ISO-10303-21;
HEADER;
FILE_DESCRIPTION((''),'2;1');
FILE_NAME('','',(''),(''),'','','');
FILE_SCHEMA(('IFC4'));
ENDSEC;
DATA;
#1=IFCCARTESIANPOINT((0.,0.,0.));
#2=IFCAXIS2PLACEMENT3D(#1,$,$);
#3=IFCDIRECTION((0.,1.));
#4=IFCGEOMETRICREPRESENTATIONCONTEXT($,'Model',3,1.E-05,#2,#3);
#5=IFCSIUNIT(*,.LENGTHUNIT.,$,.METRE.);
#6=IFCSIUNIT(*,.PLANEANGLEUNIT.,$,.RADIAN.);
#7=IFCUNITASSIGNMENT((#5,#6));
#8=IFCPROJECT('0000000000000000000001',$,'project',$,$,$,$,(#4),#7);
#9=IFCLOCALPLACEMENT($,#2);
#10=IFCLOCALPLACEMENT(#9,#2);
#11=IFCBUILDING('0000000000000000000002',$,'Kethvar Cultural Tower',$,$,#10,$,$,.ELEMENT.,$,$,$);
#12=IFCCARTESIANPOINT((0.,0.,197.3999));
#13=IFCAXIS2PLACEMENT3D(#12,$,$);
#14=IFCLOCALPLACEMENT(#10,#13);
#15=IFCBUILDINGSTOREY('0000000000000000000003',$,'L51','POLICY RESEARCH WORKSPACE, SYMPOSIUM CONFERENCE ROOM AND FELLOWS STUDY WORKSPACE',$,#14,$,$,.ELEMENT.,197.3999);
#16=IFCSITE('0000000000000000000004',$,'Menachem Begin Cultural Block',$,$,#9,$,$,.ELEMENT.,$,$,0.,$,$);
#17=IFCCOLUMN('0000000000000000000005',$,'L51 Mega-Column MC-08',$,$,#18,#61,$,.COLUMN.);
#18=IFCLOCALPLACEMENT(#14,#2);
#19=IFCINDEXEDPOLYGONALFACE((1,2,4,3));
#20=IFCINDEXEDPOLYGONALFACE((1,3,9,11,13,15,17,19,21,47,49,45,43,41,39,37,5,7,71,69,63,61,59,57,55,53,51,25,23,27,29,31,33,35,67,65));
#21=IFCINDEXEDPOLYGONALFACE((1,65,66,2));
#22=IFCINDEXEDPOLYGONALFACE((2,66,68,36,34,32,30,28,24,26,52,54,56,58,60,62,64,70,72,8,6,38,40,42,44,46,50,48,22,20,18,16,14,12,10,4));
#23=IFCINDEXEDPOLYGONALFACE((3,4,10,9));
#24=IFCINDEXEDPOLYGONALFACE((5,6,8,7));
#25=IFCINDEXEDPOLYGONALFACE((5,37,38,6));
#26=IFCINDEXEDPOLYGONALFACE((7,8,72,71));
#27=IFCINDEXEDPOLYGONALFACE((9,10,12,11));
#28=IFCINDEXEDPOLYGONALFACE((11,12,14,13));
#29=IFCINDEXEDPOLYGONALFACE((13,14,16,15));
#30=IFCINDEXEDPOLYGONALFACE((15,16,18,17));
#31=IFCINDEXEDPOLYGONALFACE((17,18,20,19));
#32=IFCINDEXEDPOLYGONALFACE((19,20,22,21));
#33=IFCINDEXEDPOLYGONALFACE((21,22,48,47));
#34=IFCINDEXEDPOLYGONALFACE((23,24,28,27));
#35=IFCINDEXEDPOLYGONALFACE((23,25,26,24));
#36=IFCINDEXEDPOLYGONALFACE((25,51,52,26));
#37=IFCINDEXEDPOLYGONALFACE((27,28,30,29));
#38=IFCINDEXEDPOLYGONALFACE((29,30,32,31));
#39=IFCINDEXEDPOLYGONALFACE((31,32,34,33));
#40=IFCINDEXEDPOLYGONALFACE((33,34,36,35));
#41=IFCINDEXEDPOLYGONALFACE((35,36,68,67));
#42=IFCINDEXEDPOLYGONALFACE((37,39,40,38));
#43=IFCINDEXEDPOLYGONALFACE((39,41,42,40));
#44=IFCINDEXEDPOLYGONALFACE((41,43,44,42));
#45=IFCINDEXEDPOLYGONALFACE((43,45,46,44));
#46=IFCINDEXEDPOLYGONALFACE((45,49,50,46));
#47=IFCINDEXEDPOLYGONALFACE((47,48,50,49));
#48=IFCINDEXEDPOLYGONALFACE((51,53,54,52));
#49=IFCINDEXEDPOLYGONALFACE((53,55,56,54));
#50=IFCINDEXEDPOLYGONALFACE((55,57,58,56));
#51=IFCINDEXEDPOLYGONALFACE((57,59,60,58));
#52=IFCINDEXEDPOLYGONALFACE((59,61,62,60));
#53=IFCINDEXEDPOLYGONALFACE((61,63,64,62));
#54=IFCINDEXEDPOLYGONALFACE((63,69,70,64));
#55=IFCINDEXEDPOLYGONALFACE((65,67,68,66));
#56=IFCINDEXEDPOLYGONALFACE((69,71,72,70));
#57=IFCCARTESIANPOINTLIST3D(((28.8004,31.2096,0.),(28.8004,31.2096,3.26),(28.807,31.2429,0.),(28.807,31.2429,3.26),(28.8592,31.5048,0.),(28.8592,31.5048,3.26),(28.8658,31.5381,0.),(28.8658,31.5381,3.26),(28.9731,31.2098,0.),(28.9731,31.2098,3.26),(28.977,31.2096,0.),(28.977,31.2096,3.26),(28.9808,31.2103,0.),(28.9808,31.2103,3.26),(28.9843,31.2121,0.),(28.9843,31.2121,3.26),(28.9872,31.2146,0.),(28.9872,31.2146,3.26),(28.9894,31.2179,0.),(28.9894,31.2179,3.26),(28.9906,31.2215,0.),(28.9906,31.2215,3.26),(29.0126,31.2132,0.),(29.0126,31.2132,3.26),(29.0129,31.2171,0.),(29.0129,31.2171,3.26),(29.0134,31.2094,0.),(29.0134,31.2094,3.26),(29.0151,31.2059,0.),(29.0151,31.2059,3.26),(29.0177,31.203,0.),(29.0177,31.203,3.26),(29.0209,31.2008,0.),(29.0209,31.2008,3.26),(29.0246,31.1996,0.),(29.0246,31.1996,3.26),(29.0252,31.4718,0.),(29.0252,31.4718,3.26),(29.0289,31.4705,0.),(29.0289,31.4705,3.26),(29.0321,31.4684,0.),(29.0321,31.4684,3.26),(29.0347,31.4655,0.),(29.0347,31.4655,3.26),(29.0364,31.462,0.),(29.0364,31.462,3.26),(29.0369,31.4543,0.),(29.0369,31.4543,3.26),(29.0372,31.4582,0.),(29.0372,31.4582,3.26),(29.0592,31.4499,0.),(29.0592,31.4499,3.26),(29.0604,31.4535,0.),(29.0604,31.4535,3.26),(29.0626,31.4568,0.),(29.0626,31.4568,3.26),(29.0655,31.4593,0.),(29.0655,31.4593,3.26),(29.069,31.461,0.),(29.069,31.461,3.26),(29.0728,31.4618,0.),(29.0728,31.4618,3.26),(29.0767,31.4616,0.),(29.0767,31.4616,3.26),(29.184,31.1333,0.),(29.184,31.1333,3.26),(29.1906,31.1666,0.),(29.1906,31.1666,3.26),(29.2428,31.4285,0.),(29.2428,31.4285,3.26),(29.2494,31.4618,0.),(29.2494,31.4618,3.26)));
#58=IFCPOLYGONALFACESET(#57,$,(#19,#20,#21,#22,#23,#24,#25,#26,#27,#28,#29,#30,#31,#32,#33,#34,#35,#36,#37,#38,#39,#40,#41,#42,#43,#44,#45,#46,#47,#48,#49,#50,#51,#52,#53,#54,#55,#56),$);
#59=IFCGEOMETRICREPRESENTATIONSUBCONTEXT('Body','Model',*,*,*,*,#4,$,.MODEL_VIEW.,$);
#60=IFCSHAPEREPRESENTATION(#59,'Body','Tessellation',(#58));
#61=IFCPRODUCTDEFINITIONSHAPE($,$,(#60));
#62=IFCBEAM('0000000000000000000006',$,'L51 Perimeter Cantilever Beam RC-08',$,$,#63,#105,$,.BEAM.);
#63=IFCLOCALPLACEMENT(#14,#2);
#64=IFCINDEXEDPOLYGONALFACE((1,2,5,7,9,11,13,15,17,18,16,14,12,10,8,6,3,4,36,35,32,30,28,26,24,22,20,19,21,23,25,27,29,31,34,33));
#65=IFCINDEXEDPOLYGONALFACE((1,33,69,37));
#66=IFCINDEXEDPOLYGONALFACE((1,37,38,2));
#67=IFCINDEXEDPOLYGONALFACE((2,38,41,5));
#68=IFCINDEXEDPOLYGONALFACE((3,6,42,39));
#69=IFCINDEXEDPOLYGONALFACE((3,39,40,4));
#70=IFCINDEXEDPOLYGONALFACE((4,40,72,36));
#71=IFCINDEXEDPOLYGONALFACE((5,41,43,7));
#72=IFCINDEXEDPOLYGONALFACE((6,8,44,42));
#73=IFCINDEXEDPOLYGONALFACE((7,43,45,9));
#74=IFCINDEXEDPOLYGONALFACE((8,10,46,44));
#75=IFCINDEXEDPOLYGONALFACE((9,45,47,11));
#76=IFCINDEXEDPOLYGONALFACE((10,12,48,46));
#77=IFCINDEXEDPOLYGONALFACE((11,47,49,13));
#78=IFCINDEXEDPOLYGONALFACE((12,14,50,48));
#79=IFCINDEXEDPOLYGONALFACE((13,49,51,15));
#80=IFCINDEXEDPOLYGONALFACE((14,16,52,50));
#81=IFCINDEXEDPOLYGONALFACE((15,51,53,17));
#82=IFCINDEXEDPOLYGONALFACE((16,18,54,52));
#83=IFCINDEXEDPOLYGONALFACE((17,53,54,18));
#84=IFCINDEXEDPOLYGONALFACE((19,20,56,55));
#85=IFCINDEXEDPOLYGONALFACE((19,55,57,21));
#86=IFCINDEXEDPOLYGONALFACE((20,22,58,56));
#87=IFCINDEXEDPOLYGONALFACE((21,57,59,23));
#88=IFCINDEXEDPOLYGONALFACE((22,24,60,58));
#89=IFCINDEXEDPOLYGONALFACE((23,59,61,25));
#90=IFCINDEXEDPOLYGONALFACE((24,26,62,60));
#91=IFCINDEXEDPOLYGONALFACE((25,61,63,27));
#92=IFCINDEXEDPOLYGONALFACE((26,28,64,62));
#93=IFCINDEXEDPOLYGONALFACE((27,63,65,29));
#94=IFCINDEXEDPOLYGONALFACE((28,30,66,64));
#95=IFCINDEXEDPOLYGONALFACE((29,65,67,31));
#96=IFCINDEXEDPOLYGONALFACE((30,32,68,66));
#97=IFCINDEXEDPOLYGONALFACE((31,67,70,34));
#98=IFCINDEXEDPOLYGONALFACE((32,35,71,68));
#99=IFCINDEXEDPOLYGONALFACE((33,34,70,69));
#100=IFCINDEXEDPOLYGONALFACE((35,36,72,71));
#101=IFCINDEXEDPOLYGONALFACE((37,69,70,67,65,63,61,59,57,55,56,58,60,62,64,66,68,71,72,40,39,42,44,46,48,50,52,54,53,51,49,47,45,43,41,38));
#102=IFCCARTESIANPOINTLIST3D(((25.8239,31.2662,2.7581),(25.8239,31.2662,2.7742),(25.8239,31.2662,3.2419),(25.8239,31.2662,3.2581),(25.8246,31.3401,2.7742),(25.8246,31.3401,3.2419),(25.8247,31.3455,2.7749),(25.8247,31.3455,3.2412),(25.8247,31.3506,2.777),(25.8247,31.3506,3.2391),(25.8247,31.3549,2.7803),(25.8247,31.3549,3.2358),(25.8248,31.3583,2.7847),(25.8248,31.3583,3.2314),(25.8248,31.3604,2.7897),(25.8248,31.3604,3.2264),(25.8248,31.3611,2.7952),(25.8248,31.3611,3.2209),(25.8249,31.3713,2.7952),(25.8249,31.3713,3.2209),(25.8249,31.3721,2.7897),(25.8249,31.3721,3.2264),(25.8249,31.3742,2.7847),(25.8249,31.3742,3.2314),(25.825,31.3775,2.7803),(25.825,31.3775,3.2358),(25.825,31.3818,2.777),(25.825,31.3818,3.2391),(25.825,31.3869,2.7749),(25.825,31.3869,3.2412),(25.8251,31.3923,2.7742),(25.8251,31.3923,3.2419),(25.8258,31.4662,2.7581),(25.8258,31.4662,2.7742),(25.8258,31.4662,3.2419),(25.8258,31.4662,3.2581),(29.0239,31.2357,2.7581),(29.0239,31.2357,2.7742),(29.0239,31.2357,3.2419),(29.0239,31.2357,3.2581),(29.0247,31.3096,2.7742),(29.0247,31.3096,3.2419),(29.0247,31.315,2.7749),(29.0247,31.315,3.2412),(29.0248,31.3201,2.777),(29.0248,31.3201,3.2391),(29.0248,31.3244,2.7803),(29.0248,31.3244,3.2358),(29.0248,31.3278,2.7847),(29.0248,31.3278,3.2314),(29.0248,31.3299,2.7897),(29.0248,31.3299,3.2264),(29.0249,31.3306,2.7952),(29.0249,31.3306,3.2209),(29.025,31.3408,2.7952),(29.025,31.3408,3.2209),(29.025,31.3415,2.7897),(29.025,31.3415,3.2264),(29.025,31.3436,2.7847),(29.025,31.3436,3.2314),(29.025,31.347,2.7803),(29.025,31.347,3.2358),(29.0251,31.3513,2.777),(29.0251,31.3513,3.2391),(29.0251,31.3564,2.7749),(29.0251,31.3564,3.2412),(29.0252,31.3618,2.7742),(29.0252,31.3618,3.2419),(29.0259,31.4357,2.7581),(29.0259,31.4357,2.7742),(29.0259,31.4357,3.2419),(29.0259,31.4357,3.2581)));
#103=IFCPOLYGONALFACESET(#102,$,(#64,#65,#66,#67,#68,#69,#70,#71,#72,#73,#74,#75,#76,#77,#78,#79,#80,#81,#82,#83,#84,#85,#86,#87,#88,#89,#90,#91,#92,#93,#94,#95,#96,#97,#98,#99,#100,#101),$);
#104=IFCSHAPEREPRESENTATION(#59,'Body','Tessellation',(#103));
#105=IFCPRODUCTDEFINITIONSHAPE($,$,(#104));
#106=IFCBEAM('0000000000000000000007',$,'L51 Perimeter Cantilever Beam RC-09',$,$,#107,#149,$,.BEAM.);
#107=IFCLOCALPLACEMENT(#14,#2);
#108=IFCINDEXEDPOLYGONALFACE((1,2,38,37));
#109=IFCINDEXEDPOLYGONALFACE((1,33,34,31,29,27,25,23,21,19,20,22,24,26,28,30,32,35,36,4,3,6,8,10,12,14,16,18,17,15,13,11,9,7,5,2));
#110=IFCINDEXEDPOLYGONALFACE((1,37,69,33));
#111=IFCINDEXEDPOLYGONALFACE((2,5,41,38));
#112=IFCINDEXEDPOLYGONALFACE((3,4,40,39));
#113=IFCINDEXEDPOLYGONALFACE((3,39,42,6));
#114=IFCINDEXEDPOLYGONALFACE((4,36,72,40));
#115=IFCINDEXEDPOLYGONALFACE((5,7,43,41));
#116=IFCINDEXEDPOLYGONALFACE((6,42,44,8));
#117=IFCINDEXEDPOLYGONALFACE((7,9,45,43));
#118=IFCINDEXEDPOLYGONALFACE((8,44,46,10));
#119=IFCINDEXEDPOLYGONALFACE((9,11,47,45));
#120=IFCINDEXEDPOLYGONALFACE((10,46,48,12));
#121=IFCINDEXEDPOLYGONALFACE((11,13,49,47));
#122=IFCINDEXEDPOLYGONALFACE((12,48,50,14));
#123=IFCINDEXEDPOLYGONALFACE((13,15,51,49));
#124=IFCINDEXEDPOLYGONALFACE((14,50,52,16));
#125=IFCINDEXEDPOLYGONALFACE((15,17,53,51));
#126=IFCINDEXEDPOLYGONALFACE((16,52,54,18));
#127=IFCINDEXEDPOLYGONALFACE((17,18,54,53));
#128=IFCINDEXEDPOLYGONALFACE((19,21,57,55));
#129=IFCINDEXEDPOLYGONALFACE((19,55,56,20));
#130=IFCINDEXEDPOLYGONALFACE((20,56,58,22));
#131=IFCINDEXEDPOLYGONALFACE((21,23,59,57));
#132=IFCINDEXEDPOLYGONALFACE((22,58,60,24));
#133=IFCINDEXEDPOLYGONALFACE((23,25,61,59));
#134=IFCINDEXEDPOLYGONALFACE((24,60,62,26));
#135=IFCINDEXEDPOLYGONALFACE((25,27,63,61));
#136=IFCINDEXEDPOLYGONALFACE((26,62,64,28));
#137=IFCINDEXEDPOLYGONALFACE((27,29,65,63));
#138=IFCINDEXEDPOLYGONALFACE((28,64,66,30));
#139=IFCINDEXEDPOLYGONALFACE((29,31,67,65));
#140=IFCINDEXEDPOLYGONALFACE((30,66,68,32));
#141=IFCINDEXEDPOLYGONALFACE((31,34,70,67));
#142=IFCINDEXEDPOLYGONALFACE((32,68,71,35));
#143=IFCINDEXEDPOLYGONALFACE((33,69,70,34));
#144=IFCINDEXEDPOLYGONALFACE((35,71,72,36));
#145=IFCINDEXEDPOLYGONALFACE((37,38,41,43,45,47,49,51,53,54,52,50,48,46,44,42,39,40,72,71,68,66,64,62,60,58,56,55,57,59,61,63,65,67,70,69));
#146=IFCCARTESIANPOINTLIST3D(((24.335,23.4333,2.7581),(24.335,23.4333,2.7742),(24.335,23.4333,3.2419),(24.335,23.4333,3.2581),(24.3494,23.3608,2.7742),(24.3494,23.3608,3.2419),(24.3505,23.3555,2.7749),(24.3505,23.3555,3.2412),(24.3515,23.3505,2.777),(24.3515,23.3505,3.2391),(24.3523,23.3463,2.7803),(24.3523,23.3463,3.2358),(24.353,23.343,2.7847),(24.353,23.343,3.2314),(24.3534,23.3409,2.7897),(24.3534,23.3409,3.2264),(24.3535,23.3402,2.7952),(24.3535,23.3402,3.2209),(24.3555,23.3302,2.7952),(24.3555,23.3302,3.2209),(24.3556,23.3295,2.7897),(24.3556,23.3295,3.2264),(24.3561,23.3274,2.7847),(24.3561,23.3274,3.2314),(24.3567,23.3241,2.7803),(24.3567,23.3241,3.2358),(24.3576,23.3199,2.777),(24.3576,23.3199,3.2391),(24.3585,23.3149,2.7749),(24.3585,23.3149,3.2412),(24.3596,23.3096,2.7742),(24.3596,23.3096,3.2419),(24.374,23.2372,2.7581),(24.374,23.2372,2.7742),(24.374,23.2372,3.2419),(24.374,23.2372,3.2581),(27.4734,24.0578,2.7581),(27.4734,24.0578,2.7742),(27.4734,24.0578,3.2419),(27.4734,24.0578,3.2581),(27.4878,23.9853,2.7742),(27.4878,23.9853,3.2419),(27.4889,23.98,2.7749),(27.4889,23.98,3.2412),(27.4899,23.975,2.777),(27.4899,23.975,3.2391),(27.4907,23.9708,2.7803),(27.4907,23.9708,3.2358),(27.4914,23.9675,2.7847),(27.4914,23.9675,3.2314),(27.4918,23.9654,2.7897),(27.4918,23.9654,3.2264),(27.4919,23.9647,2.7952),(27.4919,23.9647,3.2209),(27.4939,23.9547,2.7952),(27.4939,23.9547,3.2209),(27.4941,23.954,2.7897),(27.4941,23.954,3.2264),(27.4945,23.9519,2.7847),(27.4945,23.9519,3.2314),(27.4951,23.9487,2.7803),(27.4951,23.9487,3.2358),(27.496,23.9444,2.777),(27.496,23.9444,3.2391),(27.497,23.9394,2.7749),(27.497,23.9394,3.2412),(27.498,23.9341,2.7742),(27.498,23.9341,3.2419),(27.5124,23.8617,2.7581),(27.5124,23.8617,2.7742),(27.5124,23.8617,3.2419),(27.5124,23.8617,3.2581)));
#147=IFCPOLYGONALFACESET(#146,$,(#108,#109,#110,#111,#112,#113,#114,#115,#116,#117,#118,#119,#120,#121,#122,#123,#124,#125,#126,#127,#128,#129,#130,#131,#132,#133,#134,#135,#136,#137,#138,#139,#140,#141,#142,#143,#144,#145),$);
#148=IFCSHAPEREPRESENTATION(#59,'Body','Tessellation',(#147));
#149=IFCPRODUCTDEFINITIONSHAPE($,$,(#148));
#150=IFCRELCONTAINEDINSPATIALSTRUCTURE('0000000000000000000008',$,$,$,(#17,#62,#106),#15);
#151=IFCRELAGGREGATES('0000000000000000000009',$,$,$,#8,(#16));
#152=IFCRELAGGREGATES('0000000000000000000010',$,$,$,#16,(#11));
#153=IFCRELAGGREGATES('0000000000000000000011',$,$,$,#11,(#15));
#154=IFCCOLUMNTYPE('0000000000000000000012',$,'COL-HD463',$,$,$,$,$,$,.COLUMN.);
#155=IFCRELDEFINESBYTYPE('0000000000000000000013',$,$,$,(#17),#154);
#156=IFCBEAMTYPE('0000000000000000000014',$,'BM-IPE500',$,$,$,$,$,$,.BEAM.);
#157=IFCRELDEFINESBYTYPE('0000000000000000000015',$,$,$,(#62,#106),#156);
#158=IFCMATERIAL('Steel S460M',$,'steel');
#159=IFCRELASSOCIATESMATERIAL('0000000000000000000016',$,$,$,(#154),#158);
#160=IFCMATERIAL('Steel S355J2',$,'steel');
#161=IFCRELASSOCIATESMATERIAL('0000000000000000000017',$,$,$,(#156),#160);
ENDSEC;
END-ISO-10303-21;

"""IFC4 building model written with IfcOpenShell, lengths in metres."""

from ifc_helpers import new_model, si_unit, direction, frame, origin, origin_2d, place, context, subcontext, project, spatial, i_section, extrude, source, transform, mapped, material, material_profile, profile_set, type_object, element, save


model = new_model("IFC4")

# Units and contexts
model_context = context("Model", 3, precision=1e-05, world=origin(), true_north=direction((0.0, 1.0)))
body_context = subcontext(model_context, "Body", "Model", "MODEL_VIEW")
ifc_project = project(units=[si_unit("LENGTHUNIT", "METRE"), si_unit("PLANEANGLEUNIT", "RADIAN")], contexts=[model_context])

# Site, building, storey
site_placement = place(None, origin())
site = spatial("IfcSite", under=ifc_project, at=site_placement, Name="Menachem Begin Cultural Block", CompositionType="ELEMENT", RefElevation=0.0)
building_placement = place(site_placement, origin())
building = spatial("IfcBuilding", under=site, at=building_placement, Name="Kethvar Cultural Tower", CompositionType="ELEMENT")
storey_placement = place(building_placement, frame((0.0, 0.0, 197.3999)))
storey = spatial("IfcBuildingStorey", under=building, at=storey_placement, Name="L51", Description="POLICY RESEARCH WORKSPACE, SYMPOSIUM CONFERENCE ROOM AND FELLOWS STUDY WORKSPACE", CompositionType="ELEMENT", Elevation=197.3999)

# Column
ifc_material_1 = material(Name="Steel S460M", Category="steel")
ifc_material_profile_1 = material_profile(ifc_material_1, i_section(OverallWidth=0.3911, OverallDepth=0.335, WebThickness=0.0227, FlangeThickness=0.0339, FilletRadius=0.0149, at=origin_2d()), Name="Steel S460M — HD400x463")
ifc_profile_set_1 = profile_set([ifc_material_profile_1], Name="Steel S460M — HD400x463")
column_type = type_object("IfcColumnType", Name="COL-HD463", PredefinedType="COLUMN", material=ifc_profile_set_1)
shared_shape_1 = source(origin(), body_context, "Body", "SweptSolid", [
    extrude(i_section(OverallWidth=0.3911, OverallDepth=0.335, WebThickness=0.0227, FlangeThickness=0.0339, FilletRadius=0.0149, at=origin_2d()), origin(), (0.0, 0.0, 1.0), 3.26),
])
column_placement = place(storey_placement, frame((29.0249, 31.3357, 0.0), z_axis=(0.0, 0.0, 1.0), x_axis=(-0.980785, 0.19509, 0.0)))
element("IfcColumn", 1, at=column_placement, inside=storey, type_object=column_type, Name="L51 Mega-Column MC-08", PredefinedType="COLUMN", context=body_context, shape_type="MappedRepresentation", body=[
    mapped(shared_shape_1, transform((0.0, 0.0, 0.0), scale=1.0)),
])

# Beams
ifc_material_2 = material(Name="Steel S355J2", Category="steel")
ifc_material_profile_2 = material_profile(ifc_material_2, i_section(OverallWidth=0.2, OverallDepth=0.5, WebThickness=0.0103, FlangeThickness=0.0161, FilletRadius=0.021, at=origin_2d()), Name="Steel S355J2 — IPE500")
ifc_profile_set_2 = profile_set([ifc_material_profile_2], Name="Steel S355J2 — IPE500")
beam_type_1 = type_object("IfcBeamType", Name="BM-IPE500", PredefinedType="BEAM", material=ifc_profile_set_2)
shared_shape_2 = source(origin(), body_context, "Body", "SweptSolid", [
    extrude(i_section(OverallWidth=0.2, OverallDepth=0.5, WebThickness=0.0103, FlangeThickness=0.0161, FilletRadius=0.021, at=origin_2d()), origin(), (0.0, 0.0, 1.0), 3.2002),
])
beam_1_placement = place(storey_placement, frame((29.0249, 31.3357, 3.0081), z_axis=(-0.999955, 0.009536, 0.0), x_axis=(-0.009536, -0.999955, 0.0)))
element("IfcBeam", 2, at=beam_1_placement, inside=storey, type_object=beam_type_1, Name="L51 Perimeter Cantilever Beam RC-08", PredefinedType="BEAM", context=body_context, shape_type="MappedRepresentation", body=[
    mapped(shared_shape_2, transform((0.0, 0.0, 0.0), scale=1.0)),
])
shared_shape_3 = source(origin(), body_context, "Body", "SweptSolid", [
    extrude(i_section(OverallWidth=0.2, OverallDepth=0.5, WebThickness=0.0103, FlangeThickness=0.0161, FilletRadius=0.021, at=origin_2d()), origin(), (0.0, 0.0, 1.0), 3.2),
])
beam_2_placement = place(storey_placement, frame((27.4929, 23.9597, 3.0081), z_axis=(-0.980771, -0.195162, 0.0), x_axis=(0.195162, -0.980771, 0.0)))
element("IfcBeam", 3, at=beam_2_placement, inside=storey, type_object=beam_type_1, Name="L51 Perimeter Cantilever Beam RC-09", PredefinedType="BEAM", context=body_context, shape_type="MappedRepresentation", body=[
    mapped(shared_shape_3, transform((0.0, 0.0, 0.0), scale=1.0)),
])

save(model, "model.ifc")
